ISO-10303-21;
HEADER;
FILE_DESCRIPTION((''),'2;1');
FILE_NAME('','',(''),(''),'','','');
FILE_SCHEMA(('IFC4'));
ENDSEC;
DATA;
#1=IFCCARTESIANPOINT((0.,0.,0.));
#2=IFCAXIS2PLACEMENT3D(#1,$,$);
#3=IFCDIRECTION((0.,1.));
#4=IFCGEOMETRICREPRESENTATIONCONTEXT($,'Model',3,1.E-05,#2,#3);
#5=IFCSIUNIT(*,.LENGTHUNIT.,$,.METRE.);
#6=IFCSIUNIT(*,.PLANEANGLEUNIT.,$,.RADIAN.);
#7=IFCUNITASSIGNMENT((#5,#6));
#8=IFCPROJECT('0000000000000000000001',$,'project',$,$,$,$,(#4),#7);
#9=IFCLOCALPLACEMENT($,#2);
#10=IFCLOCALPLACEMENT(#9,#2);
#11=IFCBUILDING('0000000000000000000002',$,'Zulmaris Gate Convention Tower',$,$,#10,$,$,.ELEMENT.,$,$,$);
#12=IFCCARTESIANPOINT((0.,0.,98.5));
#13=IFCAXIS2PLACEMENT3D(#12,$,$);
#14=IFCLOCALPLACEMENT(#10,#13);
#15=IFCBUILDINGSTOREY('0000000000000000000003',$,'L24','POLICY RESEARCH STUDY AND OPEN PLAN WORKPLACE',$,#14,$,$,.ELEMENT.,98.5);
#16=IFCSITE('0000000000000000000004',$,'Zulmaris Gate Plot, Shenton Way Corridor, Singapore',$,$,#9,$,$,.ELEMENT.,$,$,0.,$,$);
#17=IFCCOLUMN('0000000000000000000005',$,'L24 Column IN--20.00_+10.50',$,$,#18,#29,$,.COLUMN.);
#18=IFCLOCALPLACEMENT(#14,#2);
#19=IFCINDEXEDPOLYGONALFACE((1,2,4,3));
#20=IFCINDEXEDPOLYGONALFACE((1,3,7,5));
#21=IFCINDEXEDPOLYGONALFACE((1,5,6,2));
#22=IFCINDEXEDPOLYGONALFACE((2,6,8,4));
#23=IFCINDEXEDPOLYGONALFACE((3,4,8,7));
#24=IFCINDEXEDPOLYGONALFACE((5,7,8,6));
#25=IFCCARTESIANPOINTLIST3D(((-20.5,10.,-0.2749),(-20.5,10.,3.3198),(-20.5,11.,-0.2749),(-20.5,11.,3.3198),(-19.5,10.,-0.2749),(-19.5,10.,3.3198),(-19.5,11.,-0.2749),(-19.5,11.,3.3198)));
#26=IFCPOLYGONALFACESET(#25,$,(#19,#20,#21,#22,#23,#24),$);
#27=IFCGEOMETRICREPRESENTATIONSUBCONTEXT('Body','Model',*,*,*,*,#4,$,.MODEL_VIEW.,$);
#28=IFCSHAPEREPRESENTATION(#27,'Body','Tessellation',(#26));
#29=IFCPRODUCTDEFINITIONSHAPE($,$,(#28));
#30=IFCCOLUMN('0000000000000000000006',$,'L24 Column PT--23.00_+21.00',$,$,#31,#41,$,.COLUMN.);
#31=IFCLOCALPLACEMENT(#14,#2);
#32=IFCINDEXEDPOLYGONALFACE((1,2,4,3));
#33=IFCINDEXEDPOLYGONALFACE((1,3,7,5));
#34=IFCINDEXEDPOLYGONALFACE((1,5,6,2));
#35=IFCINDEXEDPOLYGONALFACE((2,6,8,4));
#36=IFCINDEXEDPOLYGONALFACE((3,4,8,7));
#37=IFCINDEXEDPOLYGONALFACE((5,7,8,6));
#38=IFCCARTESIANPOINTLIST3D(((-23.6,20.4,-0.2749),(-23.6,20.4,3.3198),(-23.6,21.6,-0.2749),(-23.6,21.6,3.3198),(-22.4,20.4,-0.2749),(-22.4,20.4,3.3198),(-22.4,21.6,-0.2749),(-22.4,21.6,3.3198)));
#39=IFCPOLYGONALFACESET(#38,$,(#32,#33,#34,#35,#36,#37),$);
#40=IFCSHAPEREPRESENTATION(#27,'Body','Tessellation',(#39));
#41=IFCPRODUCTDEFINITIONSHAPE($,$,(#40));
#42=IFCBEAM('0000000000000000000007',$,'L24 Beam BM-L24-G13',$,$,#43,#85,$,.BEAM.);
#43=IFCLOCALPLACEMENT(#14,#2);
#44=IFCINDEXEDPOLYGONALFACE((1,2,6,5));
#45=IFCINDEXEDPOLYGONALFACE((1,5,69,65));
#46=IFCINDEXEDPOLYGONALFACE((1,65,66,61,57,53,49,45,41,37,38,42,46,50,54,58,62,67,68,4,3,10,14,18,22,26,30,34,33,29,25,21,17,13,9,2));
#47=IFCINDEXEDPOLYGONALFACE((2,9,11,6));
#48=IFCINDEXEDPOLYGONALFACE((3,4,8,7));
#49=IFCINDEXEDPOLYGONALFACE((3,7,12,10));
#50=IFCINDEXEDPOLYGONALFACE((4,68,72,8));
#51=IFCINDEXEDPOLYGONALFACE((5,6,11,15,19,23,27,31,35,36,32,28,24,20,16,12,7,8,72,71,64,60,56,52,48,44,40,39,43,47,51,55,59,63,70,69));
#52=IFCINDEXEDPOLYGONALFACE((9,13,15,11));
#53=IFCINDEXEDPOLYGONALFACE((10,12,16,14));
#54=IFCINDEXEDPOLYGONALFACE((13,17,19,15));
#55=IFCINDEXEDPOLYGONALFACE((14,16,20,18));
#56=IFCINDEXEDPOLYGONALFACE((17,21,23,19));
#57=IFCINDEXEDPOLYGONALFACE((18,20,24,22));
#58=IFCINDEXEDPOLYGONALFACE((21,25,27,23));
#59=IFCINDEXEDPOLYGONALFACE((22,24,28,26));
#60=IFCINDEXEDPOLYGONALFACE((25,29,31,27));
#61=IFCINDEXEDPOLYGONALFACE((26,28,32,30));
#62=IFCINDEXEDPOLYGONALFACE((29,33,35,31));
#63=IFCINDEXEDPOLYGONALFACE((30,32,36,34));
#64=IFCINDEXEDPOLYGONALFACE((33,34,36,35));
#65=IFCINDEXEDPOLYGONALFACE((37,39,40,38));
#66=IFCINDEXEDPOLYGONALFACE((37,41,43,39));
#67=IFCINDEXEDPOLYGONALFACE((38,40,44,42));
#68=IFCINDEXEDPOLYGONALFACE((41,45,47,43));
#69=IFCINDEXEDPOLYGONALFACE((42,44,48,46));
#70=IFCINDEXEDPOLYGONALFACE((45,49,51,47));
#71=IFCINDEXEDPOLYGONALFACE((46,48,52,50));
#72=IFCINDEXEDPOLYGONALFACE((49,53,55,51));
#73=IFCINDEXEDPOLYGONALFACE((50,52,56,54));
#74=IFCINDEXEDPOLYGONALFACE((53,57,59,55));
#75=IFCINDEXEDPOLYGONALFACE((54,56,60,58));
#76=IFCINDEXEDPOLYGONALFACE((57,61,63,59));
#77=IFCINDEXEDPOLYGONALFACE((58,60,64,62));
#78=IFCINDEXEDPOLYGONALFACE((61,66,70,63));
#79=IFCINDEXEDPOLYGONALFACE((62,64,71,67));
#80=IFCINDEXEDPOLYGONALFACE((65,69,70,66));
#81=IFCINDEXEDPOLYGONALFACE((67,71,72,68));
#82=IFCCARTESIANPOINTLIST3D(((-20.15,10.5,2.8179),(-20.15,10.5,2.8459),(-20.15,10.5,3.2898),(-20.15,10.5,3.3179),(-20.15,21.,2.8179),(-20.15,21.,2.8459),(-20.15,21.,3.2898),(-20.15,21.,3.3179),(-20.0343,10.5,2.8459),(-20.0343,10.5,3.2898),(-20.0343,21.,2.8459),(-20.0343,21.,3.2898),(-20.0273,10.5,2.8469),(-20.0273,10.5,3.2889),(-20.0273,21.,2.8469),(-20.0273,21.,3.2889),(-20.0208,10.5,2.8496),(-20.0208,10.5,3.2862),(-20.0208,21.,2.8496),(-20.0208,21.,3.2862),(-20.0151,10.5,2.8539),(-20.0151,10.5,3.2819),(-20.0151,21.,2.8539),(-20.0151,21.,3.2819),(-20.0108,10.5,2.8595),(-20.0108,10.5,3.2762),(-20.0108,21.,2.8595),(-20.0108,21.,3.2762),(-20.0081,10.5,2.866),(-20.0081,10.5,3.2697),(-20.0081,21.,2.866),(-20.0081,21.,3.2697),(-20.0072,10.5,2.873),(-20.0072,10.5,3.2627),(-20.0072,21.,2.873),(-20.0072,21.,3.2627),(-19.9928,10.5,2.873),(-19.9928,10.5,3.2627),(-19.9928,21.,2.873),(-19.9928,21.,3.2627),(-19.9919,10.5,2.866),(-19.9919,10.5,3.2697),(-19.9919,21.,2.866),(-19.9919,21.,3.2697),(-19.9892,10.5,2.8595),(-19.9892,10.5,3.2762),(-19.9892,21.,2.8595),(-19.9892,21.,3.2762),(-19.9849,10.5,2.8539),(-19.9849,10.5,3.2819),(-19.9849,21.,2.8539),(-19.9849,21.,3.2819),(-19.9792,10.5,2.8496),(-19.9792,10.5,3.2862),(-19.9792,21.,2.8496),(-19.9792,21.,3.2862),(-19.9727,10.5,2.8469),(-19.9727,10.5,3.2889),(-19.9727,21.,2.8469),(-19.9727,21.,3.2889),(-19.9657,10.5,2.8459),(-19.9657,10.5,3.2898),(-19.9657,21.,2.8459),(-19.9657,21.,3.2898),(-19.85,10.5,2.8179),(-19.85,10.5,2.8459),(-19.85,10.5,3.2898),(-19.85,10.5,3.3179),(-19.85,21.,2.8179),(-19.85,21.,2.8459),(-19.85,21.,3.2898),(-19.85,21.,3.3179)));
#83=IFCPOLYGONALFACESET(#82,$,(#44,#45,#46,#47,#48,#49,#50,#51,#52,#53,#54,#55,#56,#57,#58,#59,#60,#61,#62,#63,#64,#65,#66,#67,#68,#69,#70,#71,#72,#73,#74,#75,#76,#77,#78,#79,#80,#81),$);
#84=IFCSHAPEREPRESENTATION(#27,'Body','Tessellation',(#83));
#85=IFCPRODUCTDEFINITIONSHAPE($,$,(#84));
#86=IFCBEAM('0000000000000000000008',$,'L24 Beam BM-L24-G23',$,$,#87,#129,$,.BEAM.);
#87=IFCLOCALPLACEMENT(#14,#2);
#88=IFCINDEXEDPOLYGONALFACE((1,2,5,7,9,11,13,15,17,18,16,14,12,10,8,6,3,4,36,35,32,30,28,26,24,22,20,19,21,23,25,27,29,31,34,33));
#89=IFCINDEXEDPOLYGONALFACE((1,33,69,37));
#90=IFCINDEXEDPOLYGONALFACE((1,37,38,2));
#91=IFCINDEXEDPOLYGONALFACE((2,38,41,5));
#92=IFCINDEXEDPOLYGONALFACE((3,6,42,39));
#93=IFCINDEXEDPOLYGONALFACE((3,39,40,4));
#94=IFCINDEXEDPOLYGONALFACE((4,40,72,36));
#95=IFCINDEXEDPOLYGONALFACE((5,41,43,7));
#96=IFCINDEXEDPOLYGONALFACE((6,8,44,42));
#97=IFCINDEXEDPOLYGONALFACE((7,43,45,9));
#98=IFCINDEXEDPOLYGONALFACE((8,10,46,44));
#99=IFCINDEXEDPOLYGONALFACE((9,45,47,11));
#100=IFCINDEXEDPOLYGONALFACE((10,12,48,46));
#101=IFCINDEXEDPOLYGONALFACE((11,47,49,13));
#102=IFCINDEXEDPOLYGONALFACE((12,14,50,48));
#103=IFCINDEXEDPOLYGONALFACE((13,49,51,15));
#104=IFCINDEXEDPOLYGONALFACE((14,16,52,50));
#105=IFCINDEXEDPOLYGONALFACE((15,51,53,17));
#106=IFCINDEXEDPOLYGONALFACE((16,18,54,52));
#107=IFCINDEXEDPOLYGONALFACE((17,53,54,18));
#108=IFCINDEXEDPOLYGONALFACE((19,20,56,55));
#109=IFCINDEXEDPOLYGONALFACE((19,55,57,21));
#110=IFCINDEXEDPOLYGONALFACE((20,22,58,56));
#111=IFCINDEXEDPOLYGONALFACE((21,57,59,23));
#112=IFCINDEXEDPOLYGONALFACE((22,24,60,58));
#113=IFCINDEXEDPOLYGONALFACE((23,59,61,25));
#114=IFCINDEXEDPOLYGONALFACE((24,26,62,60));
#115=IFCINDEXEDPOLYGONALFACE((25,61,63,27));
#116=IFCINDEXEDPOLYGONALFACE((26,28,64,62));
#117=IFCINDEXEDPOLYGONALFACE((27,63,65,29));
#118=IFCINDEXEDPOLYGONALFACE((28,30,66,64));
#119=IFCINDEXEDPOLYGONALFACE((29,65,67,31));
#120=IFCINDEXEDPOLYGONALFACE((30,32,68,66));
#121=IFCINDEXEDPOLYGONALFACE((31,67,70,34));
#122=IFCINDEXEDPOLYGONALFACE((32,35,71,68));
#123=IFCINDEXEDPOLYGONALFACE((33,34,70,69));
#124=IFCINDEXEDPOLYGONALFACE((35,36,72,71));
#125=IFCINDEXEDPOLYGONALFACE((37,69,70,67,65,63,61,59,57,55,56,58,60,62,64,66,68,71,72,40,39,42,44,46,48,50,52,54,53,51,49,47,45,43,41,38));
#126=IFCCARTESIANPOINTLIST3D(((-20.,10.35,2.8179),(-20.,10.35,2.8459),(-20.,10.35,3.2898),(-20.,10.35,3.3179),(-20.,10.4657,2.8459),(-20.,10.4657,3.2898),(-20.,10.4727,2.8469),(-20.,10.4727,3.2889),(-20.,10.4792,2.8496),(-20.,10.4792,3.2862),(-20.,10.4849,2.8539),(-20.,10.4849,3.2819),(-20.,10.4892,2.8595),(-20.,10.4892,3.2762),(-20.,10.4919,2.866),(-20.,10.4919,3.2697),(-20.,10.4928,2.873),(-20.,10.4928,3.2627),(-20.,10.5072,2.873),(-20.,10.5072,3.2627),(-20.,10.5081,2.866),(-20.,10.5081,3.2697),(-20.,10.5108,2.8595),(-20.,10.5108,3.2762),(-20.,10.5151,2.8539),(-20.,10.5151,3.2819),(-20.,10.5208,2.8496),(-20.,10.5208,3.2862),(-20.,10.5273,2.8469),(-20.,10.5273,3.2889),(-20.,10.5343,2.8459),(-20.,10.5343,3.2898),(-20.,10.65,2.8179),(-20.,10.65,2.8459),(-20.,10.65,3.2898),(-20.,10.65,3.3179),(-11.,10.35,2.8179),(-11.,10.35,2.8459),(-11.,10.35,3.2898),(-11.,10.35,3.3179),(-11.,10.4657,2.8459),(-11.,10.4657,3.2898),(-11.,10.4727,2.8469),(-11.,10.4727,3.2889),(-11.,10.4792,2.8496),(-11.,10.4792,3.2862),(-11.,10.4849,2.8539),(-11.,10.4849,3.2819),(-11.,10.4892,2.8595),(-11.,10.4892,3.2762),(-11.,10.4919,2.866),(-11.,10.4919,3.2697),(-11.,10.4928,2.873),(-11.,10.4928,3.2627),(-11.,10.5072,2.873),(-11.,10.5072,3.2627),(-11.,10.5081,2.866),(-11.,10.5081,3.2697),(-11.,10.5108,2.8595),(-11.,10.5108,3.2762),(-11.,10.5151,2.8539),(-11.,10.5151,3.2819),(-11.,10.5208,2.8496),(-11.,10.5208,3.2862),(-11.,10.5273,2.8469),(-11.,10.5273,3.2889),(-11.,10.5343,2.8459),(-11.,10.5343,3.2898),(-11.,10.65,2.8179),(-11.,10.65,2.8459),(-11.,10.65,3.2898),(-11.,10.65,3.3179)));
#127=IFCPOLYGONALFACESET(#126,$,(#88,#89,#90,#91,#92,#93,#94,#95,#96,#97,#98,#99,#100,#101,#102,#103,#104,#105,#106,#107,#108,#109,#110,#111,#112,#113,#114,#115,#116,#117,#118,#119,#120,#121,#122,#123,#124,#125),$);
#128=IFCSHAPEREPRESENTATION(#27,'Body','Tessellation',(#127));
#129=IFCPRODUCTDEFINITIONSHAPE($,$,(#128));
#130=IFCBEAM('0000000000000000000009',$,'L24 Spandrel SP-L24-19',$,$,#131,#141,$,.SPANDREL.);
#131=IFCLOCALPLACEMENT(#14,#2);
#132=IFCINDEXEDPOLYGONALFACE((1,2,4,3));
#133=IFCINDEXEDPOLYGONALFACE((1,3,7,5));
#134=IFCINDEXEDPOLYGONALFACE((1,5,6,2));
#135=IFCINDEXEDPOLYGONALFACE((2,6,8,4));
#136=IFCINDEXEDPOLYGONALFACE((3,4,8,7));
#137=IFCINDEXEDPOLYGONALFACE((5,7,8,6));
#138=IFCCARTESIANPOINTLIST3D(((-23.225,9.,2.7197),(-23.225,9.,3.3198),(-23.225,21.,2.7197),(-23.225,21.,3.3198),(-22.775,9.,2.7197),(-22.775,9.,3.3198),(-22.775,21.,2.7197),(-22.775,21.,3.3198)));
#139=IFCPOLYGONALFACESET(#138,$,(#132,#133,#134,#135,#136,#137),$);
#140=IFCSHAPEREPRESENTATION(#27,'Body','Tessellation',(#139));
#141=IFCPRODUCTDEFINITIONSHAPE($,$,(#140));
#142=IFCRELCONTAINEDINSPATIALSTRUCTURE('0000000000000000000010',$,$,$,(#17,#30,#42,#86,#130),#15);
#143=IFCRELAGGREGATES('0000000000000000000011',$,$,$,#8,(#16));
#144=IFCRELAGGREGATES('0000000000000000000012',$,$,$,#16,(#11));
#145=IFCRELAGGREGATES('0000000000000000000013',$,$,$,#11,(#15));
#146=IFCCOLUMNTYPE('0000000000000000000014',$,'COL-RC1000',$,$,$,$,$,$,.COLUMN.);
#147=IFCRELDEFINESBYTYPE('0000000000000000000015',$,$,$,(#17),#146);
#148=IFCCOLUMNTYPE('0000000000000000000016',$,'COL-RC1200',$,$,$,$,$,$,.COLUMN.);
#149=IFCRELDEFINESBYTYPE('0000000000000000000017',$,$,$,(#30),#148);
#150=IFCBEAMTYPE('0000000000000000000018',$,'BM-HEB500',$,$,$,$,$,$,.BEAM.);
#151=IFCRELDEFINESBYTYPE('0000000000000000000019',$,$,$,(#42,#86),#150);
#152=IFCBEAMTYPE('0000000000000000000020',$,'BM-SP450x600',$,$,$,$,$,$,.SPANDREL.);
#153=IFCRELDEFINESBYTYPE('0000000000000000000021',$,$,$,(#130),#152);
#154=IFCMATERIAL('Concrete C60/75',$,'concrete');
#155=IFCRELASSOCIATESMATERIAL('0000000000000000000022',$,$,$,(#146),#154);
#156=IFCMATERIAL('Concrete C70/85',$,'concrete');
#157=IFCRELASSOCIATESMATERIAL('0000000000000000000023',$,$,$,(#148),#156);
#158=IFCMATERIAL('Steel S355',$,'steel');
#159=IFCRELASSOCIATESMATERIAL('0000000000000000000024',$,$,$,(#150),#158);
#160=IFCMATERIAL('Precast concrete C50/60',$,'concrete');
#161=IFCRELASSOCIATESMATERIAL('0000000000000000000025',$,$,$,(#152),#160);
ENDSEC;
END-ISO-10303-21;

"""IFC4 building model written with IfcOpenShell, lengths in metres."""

from ifc_helpers import new_model, si_unit, direction, frame, origin, origin_2d, place, context, subcontext, project, spatial, rectangle, i_section, extrude, material, material_profile, profile_set, type_object, element, save


model = new_model("IFC4")

# Units and contexts
model_context = context("Model", 3, precision=1e-05, world=origin(), true_north=direction((0.0, 1.0)))
body_context = subcontext(model_context, "Body", "Model", "MODEL_VIEW")
ifc_project = project(units=[si_unit("LENGTHUNIT", "METRE"), si_unit("PLANEANGLEUNIT", "RADIAN")], contexts=[model_context])

# Site, building, storey
site_placement = place(None, origin())
site = spatial("IfcSite", under=ifc_project, at=site_placement, Name="Zulmaris Gate Plot, Shenton Way Corridor, Singapore", CompositionType="ELEMENT", RefElevation=0.0)
building_placement = place(site_placement, origin())
building = spatial("IfcBuilding", under=site, at=building_placement, Name="Zulmaris Gate Convention Tower", CompositionType="ELEMENT")
storey_placement = place(building_placement, frame((0.0, 0.0, 98.5)))
storey = spatial("IfcBuildingStorey", under=building, at=storey_placement, Name="L24", Description="POLICY RESEARCH STUDY AND OPEN PLAN WORKPLACE", CompositionType="ELEMENT", Elevation=98.5)

# Columns
ifc_material_1 = material(Name="Concrete C60/75", Category="concrete")
ifc_material_profile_1 = material_profile(ifc_material_1, rectangle(XDim=1.0, YDim=1.0, at=origin_2d()), Name="RC COL 1000x1000")
ifc_profile_set_1 = profile_set([ifc_material_profile_1], Name="Concrete C60/75")
column_type_1 = type_object("IfcColumnType", Name="COL-RC1000", PredefinedType="COLUMN", material=ifc_profile_set_1)
column_1_placement = place(storey_placement, frame((-20.0, 10.5, -0.2749), z_axis=(0.0, 0.0, 1.0), x_axis=(1.0, 0.0, 0.0)))
element("IfcColumn", 1, at=column_1_placement, inside=storey, type_object=column_type_1, Name="L24 Column IN--20.00_+10.50", PredefinedType="COLUMN", context=body_context, shape_type="SweptSolid", body=[
    extrude(rectangle(XDim=1.0, YDim=1.0, at=origin_2d()), origin(), (0.0, 0.0, 1.0), 3.5947),
])
ifc_material_2 = material(Name="Concrete C70/85", Category="concrete")
ifc_material_profile_2 = material_profile(ifc_material_2, rectangle(XDim=1.2, YDim=1.2, at=origin_2d()), Name="RC COL 1200x1200")
ifc_profile_set_2 = profile_set([ifc_material_profile_2], Name="Concrete C70/85")
column_type_2 = type_object("IfcColumnType", Name="COL-RC1200", PredefinedType="COLUMN", material=ifc_profile_set_2)
column_2_placement = place(storey_placement, frame((-23.0, 21.0, -0.2749), z_axis=(0.0, 0.0, 1.0), x_axis=(1.0, 0.0, 0.0)))
element("IfcColumn", 2, at=column_2_placement, inside=storey, type_object=column_type_2, Name="L24 Column PT--23.00_+21.00", PredefinedType="COLUMN", context=body_context, shape_type="SweptSolid", body=[
    extrude(rectangle(XDim=1.2, YDim=1.2, at=origin_2d()), origin(), (0.0, 0.0, 1.0), 3.5947),
])

# Beams
ifc_material_3 = material(Name="Steel S355", Category="steel")
ifc_material_profile_3 = material_profile(ifc_material_3, i_section(OverallWidth=0.3, OverallDepth=0.5, WebThickness=0.0144, FlangeThickness=0.0281, FilletRadius=0.0271, at=origin_2d()), Name="HEB 500")
ifc_profile_set_3 = profile_set([ifc_material_profile_3], Name="Steel S355")
beam_type_1 = type_object("IfcBeamType", Name="BM-HEB500", PredefinedType="BEAM", material=ifc_profile_set_3)
beam_1_placement = place(storey_placement, frame((-20.0, 10.5, 3.0679), z_axis=(0.0, 1.0, 0.0), x_axis=(-1.0, 0.0, 0.0)))
element("IfcBeam", 3, at=beam_1_placement, inside=storey, type_object=beam_type_1, Name="L24 Beam BM-L24-G13", PredefinedType="BEAM", context=body_context, shape_type="SweptSolid", body=[
    extrude(i_section(OverallWidth=0.3, OverallDepth=0.5, WebThickness=0.0144, FlangeThickness=0.0281, FilletRadius=0.0271, at=origin_2d()), origin(), (0.0, 0.0, 1.0), 10.5),
])
beam_2_placement = place(storey_placement, frame((-20.0, 10.5, 3.0679), z_axis=(1.0, 0.0, 0.0), x_axis=(0.0, 1.0, 0.0)))
element("IfcBeam", 4, at=beam_2_placement, inside=storey, type_object=beam_type_1, Name="L24 Beam BM-L24-G23", PredefinedType="BEAM", context=body_context, shape_type="SweptSolid", body=[
    extrude(i_section(OverallWidth=0.3, OverallDepth=0.5, WebThickness=0.0144, FlangeThickness=0.0281, FilletRadius=0.0271, at=origin_2d()), origin(), (0.0, 0.0, 1.0), 9.0),
])
ifc_material_4 = material(Name="Precast concrete C50/60", Category="concrete")
ifc_material_profile_4 = material_profile(ifc_material_4, rectangle(XDim=0.45, YDim=0.6001, at=origin_2d()), Name="RC SPANDREL 450x600")
ifc_profile_set_4 = profile_set([ifc_material_profile_4], Name="Precast concrete C50/60")
beam_type_2 = type_object("IfcBeamType", Name="BM-SP450x600", PredefinedType="SPANDREL", material=ifc_profile_set_4)
beam_3_placement = place(storey_placement, frame((-23.0, 21.0, 3.0198), z_axis=(0.0, -1.0, 0.0), x_axis=(1.0, 0.0, 0.0)))
element("IfcBeam", 5, at=beam_3_placement, inside=storey, type_object=beam_type_2, Name="L24 Spandrel SP-L24-19", PredefinedType="SPANDREL", context=body_context, shape_type="SweptSolid", body=[
    extrude(rectangle(XDim=0.45, YDim=0.6001, at=origin_2d()), origin(), (0.0, 0.0, 1.0), 12.0),
])

save(model, "model.ifc")
